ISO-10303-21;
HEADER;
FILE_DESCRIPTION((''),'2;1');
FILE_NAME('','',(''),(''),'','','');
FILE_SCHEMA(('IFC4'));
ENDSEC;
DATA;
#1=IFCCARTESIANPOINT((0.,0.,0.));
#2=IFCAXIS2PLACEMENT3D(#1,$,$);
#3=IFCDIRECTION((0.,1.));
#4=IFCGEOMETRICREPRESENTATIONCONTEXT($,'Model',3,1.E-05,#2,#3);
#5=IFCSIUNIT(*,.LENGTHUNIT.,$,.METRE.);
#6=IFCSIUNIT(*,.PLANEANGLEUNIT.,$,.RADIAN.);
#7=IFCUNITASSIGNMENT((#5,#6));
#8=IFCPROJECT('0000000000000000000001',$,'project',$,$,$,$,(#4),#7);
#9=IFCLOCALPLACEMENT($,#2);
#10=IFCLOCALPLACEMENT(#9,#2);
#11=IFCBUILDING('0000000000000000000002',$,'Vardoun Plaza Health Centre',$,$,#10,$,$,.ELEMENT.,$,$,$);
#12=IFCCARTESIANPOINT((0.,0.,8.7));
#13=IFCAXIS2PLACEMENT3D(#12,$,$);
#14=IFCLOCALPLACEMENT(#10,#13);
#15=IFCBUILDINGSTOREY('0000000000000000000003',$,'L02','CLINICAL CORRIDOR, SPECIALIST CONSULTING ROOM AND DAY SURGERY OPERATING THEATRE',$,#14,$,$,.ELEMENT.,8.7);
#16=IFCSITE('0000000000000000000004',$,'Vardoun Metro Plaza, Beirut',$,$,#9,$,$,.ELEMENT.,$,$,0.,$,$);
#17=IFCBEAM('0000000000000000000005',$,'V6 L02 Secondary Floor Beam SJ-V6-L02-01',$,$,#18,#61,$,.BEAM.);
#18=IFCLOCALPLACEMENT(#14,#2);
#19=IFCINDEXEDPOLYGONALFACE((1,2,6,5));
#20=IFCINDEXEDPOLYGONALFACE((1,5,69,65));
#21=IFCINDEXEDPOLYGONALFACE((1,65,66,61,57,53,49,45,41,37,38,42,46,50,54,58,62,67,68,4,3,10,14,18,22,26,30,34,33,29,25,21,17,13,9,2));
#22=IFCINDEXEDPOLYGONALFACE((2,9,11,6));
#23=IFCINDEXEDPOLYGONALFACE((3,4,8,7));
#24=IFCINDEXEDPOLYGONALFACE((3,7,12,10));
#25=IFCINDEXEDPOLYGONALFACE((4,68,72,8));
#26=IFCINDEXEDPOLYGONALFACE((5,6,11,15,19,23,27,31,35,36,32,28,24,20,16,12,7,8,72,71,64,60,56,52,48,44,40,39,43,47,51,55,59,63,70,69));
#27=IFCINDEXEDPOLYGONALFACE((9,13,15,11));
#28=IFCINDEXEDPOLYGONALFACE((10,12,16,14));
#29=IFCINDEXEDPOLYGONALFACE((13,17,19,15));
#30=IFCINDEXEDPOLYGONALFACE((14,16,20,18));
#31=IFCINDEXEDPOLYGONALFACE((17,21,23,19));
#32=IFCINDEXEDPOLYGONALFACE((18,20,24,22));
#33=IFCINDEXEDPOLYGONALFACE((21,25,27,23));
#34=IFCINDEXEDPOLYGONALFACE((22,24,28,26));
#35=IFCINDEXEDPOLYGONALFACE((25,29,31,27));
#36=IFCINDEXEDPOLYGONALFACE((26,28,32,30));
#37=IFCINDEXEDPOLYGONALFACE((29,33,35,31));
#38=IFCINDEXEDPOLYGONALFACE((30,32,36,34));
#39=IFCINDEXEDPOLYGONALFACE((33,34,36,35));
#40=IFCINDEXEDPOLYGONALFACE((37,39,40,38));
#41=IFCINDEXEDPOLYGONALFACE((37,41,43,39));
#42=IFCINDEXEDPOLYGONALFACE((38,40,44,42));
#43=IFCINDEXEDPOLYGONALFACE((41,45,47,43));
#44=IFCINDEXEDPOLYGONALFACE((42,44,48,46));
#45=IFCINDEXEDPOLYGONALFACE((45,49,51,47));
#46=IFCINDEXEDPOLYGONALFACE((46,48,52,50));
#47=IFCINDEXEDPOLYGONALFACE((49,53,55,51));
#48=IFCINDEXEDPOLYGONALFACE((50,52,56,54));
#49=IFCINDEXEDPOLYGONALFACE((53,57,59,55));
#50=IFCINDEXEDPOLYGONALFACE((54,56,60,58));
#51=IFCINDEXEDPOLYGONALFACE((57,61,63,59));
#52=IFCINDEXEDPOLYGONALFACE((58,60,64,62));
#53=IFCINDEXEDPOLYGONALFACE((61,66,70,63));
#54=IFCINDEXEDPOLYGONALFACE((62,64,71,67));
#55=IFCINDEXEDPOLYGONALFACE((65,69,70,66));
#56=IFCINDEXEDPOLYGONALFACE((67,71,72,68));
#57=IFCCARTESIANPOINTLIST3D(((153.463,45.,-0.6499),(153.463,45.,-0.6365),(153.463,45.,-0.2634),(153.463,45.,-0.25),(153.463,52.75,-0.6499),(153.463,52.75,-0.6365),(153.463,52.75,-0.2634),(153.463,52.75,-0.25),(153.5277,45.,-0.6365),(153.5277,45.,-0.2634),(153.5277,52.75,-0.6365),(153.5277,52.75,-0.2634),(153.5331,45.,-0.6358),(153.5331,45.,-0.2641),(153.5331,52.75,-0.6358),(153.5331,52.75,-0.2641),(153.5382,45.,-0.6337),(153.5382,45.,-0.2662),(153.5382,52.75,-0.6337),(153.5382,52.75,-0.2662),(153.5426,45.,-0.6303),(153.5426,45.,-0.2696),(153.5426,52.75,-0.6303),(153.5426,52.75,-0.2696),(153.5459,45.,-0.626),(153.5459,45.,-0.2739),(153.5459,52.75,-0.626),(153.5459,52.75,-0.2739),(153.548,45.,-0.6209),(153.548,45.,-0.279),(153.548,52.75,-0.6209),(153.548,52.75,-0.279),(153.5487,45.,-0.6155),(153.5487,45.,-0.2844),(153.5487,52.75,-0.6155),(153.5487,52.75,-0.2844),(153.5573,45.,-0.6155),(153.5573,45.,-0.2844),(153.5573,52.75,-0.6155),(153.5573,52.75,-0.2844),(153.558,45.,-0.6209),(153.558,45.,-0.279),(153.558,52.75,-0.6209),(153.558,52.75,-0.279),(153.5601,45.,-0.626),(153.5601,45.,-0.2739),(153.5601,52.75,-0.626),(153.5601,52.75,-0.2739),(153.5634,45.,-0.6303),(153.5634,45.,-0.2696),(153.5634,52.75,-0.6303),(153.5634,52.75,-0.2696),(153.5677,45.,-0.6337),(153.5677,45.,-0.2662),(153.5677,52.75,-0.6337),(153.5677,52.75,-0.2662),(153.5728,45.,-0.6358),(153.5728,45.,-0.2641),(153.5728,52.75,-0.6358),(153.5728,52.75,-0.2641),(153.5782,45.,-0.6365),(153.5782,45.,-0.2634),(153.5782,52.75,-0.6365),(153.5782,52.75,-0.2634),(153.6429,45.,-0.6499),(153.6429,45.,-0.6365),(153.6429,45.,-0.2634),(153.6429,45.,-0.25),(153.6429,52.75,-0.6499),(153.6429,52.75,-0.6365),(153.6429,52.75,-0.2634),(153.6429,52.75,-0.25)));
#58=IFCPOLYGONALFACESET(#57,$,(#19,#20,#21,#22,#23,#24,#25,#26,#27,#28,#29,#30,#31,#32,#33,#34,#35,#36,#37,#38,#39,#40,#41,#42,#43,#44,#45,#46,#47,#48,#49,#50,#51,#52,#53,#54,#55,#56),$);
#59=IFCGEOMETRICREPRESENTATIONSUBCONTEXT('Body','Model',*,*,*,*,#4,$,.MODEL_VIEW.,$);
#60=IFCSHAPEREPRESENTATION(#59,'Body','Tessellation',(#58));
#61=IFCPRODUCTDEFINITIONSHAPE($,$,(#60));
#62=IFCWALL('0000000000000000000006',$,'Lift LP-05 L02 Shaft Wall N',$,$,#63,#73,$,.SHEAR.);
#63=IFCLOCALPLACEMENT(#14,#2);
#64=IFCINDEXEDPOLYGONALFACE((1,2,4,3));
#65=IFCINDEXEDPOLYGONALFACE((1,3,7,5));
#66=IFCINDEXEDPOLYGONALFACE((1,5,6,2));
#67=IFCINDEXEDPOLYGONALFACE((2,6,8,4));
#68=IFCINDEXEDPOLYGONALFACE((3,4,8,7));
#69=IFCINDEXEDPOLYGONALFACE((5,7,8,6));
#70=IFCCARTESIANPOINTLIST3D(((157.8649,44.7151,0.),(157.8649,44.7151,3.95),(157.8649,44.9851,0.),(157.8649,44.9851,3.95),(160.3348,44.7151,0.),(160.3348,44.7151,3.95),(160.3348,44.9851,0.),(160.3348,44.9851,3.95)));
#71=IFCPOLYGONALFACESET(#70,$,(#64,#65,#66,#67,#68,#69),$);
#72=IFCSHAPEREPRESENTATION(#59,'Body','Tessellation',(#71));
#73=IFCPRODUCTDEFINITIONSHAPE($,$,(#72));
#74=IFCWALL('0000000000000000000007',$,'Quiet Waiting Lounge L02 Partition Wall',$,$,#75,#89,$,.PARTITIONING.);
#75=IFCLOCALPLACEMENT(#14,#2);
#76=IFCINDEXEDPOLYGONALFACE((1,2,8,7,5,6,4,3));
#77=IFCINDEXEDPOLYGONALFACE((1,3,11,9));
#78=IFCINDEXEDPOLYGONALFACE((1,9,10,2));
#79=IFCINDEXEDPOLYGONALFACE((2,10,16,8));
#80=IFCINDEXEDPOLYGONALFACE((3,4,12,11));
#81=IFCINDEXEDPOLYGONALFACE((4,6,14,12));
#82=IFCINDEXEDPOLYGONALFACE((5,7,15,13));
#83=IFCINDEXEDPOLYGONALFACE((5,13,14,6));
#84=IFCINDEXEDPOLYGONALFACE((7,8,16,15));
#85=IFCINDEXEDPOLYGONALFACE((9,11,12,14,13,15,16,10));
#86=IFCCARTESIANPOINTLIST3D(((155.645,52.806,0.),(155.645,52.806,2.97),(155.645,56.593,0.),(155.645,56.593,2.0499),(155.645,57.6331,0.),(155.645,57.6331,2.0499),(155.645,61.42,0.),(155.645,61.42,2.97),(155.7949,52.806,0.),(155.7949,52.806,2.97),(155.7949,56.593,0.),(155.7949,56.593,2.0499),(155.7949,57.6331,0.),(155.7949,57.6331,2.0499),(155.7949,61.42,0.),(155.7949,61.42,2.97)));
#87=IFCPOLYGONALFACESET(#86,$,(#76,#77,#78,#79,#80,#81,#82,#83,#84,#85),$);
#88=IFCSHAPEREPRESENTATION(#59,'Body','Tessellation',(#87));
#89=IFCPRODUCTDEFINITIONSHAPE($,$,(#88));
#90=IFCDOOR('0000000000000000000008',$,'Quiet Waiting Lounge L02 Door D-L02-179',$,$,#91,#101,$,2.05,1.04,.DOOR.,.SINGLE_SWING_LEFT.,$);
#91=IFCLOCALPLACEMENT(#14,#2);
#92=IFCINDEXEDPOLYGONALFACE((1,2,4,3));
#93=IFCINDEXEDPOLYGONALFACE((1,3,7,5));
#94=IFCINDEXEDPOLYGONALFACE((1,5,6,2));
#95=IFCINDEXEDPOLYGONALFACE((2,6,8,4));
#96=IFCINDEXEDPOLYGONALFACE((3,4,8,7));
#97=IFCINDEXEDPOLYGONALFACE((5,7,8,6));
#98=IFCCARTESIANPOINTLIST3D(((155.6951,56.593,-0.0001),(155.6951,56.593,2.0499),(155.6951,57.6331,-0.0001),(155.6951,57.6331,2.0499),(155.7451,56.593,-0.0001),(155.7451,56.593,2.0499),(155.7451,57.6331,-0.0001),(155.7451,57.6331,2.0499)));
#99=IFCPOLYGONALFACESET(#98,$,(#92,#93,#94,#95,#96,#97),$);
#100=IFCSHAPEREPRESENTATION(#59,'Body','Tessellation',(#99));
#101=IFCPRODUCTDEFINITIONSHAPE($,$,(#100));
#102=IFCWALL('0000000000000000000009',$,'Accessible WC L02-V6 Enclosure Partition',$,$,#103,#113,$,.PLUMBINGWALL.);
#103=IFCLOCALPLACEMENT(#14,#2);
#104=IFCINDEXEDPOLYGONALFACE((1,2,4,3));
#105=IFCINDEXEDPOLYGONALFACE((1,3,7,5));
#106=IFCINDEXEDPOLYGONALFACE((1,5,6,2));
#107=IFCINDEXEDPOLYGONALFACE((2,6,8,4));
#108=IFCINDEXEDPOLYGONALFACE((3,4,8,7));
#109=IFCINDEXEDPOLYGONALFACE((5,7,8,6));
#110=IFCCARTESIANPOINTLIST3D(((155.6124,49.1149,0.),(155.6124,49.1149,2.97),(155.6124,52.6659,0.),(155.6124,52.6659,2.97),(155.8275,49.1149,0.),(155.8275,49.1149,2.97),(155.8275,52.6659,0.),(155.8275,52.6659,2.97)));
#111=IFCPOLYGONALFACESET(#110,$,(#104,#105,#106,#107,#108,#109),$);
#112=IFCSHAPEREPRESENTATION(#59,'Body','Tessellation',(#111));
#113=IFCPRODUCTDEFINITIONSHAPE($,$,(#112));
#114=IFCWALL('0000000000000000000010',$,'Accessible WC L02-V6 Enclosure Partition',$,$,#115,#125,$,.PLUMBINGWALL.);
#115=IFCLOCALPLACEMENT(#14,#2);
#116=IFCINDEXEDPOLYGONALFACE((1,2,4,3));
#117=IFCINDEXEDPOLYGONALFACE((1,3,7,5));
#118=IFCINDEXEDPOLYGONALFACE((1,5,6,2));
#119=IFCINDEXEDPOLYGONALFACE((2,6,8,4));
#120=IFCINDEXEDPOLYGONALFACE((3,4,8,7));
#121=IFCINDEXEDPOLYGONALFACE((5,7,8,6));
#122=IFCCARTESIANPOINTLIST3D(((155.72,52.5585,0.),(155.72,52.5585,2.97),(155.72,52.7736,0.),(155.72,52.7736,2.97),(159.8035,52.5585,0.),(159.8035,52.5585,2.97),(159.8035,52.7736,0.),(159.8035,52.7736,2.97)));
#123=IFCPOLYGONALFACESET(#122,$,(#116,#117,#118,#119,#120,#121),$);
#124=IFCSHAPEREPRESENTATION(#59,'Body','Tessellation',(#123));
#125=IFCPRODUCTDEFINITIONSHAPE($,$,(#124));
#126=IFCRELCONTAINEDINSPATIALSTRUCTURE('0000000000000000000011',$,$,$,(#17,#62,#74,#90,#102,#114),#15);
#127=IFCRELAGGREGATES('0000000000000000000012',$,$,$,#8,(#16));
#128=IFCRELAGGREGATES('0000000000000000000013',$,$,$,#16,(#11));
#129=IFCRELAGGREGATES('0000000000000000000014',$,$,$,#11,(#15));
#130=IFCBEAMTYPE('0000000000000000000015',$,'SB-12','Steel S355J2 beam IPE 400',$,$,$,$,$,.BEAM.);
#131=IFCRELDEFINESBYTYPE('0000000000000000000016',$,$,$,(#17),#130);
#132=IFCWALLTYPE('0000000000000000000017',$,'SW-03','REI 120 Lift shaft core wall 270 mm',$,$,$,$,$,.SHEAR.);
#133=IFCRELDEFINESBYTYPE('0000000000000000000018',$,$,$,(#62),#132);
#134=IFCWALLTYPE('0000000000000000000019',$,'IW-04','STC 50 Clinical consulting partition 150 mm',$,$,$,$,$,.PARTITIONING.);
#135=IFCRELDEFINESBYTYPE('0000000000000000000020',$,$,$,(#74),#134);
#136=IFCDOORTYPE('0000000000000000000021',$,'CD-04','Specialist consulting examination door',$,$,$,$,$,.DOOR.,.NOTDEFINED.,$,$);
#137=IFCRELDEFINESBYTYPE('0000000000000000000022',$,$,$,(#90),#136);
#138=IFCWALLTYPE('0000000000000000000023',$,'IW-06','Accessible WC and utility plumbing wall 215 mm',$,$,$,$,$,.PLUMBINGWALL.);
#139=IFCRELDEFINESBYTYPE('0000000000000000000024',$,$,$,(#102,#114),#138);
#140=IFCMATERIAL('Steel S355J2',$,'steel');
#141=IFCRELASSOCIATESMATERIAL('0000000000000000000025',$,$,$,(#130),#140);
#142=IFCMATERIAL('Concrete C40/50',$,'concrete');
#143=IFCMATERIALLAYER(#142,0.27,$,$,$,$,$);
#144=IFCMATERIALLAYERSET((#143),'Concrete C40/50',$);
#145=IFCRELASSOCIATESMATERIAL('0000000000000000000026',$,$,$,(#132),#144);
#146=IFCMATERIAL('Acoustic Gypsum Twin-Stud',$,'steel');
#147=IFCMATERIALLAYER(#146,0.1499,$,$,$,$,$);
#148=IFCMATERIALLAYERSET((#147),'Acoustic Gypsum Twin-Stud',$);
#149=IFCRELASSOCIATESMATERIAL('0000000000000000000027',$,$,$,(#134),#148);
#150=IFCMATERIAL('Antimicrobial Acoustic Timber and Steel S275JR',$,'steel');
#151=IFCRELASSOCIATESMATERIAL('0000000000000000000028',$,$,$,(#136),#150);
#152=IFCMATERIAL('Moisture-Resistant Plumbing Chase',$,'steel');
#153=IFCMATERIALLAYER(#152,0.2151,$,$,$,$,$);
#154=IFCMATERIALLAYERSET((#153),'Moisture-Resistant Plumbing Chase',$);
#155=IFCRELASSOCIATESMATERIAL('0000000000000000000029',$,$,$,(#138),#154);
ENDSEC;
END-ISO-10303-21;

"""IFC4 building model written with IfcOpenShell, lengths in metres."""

from ifc_helpers import new_model, si_unit, direction, frame, frame_2d, origin, origin_2d, place, context, subcontext, project, spatial, rectangle, i_section, extrude, material, layer, layer_set, material_profile, profile_set, type_object, element, fill, save


model = new_model("IFC4")

# Units and contexts
model_context = context("Model", 3, precision=1e-05, world=origin(), true_north=direction((0.0, 1.0)))
body_context = subcontext(model_context, "Body", "Model", "MODEL_VIEW")
ifc_project = project(units=[si_unit("LENGTHUNIT", "METRE"), si_unit("PLANEANGLEUNIT", "RADIAN")], contexts=[model_context])

# Site, building, storey
site_placement = place(None, origin())
site = spatial("IfcSite", under=ifc_project, at=site_placement, Name="Vardoun Metro Plaza, Beirut", CompositionType="ELEMENT", RefElevation=0.0)
building_placement = place(site_placement, origin())
building = spatial("IfcBuilding", under=site, at=building_placement, Name="Vardoun Plaza Health Centre", CompositionType="ELEMENT")
storey_placement = place(building_placement, frame((0.0, 0.0, 8.7)))
storey = spatial("IfcBuildingStorey", under=building, at=storey_placement, Name="L02", Description="CLINICAL CORRIDOR, SPECIALIST CONSULTING ROOM AND DAY SURGERY OPERATING THEATRE", CompositionType="ELEMENT", Elevation=8.7)

# Beam
ifc_material_1 = material(Name="Steel S355J2", Category="steel")
ifc_material_profile_1 = material_profile(ifc_material_1, i_section(OverallWidth=0.1799, OverallDepth=0.3999, WebThickness=0.0085, FlangeThickness=0.0134, FilletRadius=0.021, at=origin_2d()), Name="IPE 400")
ifc_profile_set_1 = profile_set([ifc_material_profile_1], Name="Steel S355J2")
beam_type_1 = type_object("IfcBeamType", Name="SB-12", Description="Steel S355J2 beam IPE 400", PredefinedType="BEAM", material=ifc_profile_set_1)
beam_1_placement = place(storey_placement, frame((153.553, 45.0, -0.45), z_axis=(0.0, 1.0, 0.0), x_axis=(-1.0, 0.0, 0.0)))
element("IfcBeam", 1, at=beam_1_placement, inside=storey, type_object=beam_type_1, Name="V6 L02 Secondary Floor Beam SJ-V6-L02-01", PredefinedType="BEAM", context=body_context, shape_type="SweptSolid", body=[
    extrude(i_section(OverallWidth=0.1799, OverallDepth=0.3999, WebThickness=0.0085, FlangeThickness=0.0134, FilletRadius=0.021, at=origin_2d()), origin(), (0.0, 0.0, 1.0), 7.75),
])

# Wall
ifc_material_2 = material(Name="Concrete C40/50", Category="concrete")
ifc_layer_1 = layer(ifc_material_2, 0.27)
ifc_layer_set_1 = layer_set([ifc_layer_1], Name="Concrete C40/50")
wall_type_1 = type_object("IfcWallType", Name="SW-03", Description="REI 120 Lift shaft core wall 270 mm", PredefinedType="SHEAR", material=ifc_layer_set_1)
wall_1_placement = place(storey_placement, frame((157.865, 44.8501, 0.0), z_axis=(0.0, 0.0, 1.0), x_axis=(1.0, 0.0, 0.0)))
element("IfcWall", 2, at=wall_1_placement, inside=storey, type_object=wall_type_1, Name="Lift LP-05 L02 Shaft Wall N", PredefinedType="SHEAR", context=body_context, shape_type="SweptSolid", body=[
    extrude(rectangle(XDim=2.47, YDim=0.27, at=frame_2d((1.2349, 0.0))), origin(), (0.0, 0.0, 1.0), 3.95),
])

# Wall, opening, door
ifc_material_3 = material(Name="Acoustic Gypsum Twin-Stud", Category="steel")
ifc_layer_2 = layer(ifc_material_3, 0.1499)
ifc_layer_set_2 = layer_set([ifc_layer_2], Name="Acoustic Gypsum Twin-Stud")
wall_type_2 = type_object("IfcWallType", Name="IW-04", Description="STC 50 Clinical consulting partition 150 mm", PredefinedType="PARTITIONING", material=ifc_layer_set_2)
wall_2_placement = place(storey_placement, frame((155.72, 52.8059, 0.0), z_axis=(0.0, 0.0, 1.0), x_axis=(0.0, 1.0, 0.0)))
wall_2 = element("IfcWall", 3, at=wall_2_placement, inside=storey, type_object=wall_type_2, Name="Quiet Waiting Lounge L02 Partition Wall", PredefinedType="PARTITIONING", context=body_context, shape_type="SweptSolid", body=[
    extrude(rectangle(XDim=8.614, YDim=0.1499, at=frame_2d((4.3071, 0.0))), origin(), (0.0, 0.0, 1.0), 2.97),
])
opening_placement = place(wall_2_placement, frame((3.7871, 0.0, 0.0)))
opening = element("IfcOpeningElement", 4, at=opening_placement, cuts=wall_2, PredefinedType="OPENING", context=body_context, shape_type="SweptSolid", body=[
    extrude(rectangle(XDim=1.04, YDim=2.05, at=frame_2d((0.52, 1.0249))), frame((0.0, 0.075, 0.0), z_axis=(0.0, -1.0, 0.0), x_axis=(1.0, 0.0, 0.0)), (0.0, 0.0, 1.0), 0.1499),
])
ifc_material_4 = material(Name="Antimicrobial Acoustic Timber and Steel S275JR", Category="steel")
door_type = type_object("IfcDoorType", Name="CD-04", Description="Specialist consulting examination door", OperationType="NOTDEFINED", PredefinedType="DOOR", material=ifc_material_4)
door_placement = place(opening_placement, origin())
door = element("IfcDoor", 5, at=door_placement, inside=storey, type_object=door_type, Name="Quiet Waiting Lounge L02 Door D-L02-179", OperationType="SINGLE_SWING_LEFT", OverallHeight=2.05, OverallWidth=1.04, PredefinedType="DOOR", context=body_context, shape_type="SweptSolid", body=[
    extrude(rectangle(XDim=1.04, YDim=2.05, at=frame_2d((0.52, 1.0249))), frame((0.0, 0.0249, 0.0), z_axis=(0.0, -1.0, 0.0), x_axis=(1.0, 0.0, 0.0)), (0.0, 0.0, 1.0), 0.05),
])
fill(opening, door)

# Walls
ifc_material_5 = material(Name="Moisture-Resistant Plumbing Chase", Category="steel")
ifc_layer_3 = layer(ifc_material_5, 0.2151)
ifc_layer_set_3 = layer_set([ifc_layer_3], Name="Moisture-Resistant Plumbing Chase")
wall_type_3 = type_object("IfcWallType", Name="IW-06", Description="Accessible WC and utility plumbing wall 215 mm", PredefinedType="PLUMBINGWALL", material=ifc_layer_set_3)
wall_3_placement = place(storey_placement, frame((155.72, 49.115, 0.0), z_axis=(0.0, 0.0, 1.0), x_axis=(0.0, 1.0, 0.0)))
element("IfcWall", 6, at=wall_3_placement, inside=storey, type_object=wall_type_3, Name="Accessible WC L02-V6 Enclosure Partition", PredefinedType="PLUMBINGWALL", context=body_context, shape_type="SweptSolid", body=[
    extrude(rectangle(XDim=3.551, YDim=0.2151, at=frame_2d((1.7754, 0.0))), origin(), (0.0, 0.0, 1.0), 2.97),
])
wall_4_placement = place(storey_placement, frame((155.72, 52.666, 0.0), z_axis=(0.0, 0.0, 1.0), x_axis=(1.0, 0.0, 0.0)))
element("IfcWall", 7, at=wall_4_placement, inside=storey, type_object=wall_type_3, Name="Accessible WC L02-V6 Enclosure Partition", PredefinedType="PLUMBINGWALL", context=body_context, shape_type="SweptSolid", body=[
    extrude(rectangle(XDim=4.0835, YDim=0.2151, at=frame_2d((2.0417, 0.0))), origin(), (0.0, 0.0, 1.0), 2.97),
])

save(model, "model.ifc")
